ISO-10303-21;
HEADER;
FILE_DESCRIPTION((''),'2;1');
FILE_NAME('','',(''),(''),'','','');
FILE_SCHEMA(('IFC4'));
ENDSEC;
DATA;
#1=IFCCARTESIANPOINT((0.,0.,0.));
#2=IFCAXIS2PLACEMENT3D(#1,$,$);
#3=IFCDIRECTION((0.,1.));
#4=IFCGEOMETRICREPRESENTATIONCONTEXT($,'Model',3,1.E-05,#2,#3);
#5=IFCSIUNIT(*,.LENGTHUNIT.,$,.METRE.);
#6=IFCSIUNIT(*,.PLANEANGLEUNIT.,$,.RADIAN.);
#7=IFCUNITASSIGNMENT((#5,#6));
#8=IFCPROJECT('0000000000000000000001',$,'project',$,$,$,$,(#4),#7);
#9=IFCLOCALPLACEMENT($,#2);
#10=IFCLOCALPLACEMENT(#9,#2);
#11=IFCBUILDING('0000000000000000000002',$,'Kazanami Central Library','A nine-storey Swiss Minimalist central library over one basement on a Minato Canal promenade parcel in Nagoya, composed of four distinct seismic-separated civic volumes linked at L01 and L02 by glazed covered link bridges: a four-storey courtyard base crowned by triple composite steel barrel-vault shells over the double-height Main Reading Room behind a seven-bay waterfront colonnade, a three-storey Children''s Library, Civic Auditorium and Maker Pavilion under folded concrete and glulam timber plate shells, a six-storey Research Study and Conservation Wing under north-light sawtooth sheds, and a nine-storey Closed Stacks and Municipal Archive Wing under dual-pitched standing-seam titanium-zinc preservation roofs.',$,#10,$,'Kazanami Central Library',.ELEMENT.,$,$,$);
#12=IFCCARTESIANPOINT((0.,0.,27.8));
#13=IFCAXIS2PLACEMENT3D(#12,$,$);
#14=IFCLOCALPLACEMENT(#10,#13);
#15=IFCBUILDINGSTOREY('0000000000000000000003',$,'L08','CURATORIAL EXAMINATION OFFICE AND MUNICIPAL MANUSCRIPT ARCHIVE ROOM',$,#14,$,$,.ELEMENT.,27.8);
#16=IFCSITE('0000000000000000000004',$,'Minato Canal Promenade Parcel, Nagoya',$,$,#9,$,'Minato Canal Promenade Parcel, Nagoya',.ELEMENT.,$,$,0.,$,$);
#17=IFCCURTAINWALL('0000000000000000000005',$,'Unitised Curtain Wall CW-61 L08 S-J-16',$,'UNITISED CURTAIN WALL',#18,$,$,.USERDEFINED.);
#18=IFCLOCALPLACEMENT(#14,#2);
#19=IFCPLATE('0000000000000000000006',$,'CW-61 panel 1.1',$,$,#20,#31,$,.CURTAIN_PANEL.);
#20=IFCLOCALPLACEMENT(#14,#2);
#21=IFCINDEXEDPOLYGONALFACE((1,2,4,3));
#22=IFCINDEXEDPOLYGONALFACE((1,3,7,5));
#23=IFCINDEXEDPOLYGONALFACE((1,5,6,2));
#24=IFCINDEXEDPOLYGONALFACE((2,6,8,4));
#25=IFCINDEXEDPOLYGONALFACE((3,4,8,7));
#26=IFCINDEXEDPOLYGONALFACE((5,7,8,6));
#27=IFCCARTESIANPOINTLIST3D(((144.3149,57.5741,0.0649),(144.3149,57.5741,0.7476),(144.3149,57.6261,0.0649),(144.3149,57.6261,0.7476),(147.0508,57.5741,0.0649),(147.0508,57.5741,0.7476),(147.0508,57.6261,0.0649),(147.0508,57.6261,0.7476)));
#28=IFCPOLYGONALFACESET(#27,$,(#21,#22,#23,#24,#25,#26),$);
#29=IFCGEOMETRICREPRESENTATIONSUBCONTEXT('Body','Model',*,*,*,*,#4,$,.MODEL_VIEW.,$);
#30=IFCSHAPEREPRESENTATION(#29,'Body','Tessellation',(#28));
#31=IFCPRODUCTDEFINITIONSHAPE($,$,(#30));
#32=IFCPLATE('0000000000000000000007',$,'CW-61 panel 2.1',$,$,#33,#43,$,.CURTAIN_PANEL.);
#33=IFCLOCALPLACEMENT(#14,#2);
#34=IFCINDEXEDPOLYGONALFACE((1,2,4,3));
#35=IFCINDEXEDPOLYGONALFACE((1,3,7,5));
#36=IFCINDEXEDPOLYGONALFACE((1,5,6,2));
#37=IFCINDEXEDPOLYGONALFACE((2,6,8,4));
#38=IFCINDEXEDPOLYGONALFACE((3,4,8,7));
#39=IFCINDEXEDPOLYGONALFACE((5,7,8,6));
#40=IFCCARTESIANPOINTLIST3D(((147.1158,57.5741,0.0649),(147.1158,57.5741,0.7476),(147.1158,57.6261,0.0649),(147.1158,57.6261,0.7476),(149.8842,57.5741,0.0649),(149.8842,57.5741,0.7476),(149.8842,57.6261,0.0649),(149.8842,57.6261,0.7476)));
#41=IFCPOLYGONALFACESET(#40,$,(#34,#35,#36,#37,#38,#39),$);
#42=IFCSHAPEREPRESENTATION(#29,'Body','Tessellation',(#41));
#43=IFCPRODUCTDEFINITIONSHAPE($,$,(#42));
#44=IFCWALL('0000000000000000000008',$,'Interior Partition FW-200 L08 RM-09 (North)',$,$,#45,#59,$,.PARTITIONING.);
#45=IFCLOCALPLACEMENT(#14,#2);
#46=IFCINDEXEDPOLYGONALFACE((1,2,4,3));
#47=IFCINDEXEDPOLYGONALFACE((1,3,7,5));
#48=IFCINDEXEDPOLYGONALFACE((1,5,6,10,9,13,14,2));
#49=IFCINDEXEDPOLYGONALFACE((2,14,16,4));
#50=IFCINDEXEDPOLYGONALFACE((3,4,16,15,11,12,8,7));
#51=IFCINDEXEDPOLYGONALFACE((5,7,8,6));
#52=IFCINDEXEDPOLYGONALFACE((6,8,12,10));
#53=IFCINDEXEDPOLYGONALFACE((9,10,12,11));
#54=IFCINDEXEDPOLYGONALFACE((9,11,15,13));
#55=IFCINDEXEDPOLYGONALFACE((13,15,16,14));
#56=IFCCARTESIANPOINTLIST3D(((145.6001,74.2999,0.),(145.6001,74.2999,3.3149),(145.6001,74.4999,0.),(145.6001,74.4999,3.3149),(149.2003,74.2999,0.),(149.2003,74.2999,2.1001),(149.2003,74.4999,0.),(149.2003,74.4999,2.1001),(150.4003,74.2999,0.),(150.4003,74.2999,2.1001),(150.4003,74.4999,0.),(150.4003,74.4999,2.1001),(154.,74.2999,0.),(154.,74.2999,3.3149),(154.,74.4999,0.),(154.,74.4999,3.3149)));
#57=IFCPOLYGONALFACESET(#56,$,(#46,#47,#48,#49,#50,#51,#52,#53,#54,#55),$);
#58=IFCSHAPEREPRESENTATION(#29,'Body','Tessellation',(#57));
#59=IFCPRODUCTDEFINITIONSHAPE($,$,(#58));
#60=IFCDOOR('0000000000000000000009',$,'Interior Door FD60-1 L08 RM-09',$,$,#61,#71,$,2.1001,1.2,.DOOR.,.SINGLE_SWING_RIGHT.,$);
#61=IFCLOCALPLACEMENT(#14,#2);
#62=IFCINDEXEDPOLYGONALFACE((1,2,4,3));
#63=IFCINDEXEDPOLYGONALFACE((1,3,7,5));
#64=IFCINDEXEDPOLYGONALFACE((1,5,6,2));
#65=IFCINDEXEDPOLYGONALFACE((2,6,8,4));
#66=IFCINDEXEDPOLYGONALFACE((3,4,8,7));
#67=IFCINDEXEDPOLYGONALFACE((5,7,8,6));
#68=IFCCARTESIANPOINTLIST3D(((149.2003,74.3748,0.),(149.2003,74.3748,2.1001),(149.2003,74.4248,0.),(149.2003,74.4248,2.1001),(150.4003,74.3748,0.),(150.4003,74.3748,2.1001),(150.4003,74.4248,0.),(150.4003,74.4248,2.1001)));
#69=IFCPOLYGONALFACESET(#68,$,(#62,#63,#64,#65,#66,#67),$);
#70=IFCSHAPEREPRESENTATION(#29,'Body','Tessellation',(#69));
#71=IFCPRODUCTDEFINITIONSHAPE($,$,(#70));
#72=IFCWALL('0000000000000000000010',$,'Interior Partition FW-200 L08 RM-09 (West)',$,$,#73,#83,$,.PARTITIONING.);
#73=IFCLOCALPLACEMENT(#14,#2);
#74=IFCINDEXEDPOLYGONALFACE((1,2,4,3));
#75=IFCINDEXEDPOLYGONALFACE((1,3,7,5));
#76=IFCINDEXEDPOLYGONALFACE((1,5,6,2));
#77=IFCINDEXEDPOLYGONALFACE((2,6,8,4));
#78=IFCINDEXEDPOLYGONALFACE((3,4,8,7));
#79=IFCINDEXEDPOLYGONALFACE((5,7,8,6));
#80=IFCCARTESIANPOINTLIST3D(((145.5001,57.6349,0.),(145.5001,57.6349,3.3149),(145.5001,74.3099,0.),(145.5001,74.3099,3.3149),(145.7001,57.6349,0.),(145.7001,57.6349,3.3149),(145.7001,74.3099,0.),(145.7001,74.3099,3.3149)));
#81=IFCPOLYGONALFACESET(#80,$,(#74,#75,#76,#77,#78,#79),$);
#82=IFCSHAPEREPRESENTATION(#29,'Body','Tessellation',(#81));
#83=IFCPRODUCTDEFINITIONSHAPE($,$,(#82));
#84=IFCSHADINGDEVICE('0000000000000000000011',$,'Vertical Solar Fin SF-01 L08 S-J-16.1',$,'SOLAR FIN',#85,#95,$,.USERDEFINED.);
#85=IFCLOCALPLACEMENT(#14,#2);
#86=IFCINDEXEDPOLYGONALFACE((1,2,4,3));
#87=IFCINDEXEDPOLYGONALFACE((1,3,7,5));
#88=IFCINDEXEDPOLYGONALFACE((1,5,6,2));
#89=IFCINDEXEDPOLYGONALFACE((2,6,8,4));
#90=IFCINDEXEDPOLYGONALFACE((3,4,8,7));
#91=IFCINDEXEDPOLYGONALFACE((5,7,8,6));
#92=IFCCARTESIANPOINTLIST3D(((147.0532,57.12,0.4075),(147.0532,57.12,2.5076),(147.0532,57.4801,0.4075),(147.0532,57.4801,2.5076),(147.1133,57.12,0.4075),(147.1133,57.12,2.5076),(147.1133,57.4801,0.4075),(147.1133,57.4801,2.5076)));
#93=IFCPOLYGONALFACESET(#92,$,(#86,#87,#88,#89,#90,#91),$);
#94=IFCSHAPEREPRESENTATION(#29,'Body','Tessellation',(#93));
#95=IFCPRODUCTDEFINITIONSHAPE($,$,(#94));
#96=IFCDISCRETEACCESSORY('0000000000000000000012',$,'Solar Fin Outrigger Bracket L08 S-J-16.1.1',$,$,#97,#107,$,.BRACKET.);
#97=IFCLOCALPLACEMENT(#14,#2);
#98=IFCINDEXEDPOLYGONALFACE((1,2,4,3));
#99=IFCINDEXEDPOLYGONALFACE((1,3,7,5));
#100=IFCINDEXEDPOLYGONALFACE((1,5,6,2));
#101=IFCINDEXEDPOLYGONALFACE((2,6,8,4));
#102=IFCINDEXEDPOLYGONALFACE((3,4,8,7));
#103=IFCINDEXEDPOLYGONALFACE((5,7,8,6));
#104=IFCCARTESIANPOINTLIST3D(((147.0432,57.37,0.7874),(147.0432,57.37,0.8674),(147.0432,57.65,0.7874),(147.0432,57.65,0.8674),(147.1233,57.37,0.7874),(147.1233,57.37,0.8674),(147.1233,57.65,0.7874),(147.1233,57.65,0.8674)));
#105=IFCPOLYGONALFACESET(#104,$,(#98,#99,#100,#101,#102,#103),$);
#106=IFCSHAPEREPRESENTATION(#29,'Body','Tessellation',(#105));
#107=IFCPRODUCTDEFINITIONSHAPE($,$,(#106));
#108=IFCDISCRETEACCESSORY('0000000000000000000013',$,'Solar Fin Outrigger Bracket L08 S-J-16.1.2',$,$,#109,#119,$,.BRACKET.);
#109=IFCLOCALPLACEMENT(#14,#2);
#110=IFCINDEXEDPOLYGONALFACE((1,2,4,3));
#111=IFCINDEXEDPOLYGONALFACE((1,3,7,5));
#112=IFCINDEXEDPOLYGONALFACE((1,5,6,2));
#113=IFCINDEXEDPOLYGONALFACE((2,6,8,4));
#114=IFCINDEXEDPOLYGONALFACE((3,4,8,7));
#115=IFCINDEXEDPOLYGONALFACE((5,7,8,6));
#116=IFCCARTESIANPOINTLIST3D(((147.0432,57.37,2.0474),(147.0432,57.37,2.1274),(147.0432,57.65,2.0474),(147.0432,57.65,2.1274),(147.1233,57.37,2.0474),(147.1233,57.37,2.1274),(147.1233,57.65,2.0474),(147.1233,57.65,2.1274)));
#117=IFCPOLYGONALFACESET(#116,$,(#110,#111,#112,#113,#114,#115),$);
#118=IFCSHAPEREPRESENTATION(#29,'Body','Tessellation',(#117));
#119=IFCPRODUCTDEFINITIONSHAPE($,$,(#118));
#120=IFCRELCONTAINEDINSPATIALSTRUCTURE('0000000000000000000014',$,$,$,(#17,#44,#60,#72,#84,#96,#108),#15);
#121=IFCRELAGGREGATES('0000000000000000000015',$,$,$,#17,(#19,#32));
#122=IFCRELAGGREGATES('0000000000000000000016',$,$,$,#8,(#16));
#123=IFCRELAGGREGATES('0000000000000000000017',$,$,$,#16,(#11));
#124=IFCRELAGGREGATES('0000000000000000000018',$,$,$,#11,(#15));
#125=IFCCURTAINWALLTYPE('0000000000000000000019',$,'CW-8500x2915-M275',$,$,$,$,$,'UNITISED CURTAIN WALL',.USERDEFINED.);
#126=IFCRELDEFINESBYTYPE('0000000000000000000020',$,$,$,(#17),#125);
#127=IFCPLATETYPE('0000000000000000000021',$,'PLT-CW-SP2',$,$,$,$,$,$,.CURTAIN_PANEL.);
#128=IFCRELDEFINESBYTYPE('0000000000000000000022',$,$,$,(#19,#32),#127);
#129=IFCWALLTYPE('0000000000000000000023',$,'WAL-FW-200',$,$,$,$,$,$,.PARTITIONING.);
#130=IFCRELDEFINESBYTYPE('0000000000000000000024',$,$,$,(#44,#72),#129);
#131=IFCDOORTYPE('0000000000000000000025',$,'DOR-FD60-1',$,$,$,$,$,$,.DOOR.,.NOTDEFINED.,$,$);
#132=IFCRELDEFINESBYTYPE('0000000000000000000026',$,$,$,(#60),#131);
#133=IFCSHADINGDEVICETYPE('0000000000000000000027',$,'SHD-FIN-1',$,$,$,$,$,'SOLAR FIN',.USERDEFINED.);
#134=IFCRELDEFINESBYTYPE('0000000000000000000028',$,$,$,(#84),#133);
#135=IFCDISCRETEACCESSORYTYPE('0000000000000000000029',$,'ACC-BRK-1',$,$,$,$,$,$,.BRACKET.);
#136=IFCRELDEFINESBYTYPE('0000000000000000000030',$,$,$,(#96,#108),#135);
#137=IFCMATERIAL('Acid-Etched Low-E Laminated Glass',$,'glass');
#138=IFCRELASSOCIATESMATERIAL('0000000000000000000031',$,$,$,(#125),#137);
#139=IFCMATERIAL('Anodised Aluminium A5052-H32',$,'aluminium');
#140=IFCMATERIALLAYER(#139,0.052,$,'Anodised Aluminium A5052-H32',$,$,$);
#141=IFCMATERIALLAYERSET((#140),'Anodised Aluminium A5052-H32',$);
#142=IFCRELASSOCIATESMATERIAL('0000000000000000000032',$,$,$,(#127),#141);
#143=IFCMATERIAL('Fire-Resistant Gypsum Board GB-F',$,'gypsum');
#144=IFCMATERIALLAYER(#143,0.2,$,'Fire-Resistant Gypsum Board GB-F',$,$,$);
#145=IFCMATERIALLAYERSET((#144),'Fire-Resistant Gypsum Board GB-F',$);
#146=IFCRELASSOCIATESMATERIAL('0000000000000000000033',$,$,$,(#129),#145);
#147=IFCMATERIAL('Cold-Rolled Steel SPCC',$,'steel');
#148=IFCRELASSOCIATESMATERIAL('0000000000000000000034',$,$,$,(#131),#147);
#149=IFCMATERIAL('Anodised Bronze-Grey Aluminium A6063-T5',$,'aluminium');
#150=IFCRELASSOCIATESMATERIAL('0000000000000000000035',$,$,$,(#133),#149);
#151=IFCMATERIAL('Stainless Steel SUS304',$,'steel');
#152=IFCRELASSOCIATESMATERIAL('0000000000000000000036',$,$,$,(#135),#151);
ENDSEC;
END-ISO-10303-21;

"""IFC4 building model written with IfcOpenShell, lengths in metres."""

from ifc_helpers import new_model, si_unit, direction, frame, frame_2d, origin, origin_2d, place, context, subcontext, project, spatial, rectangle, extrude, material, layer, layer_set, type_object, element, fill, aggregate, save


model = new_model("IFC4")

# Units and contexts
model_context = context("Model", 3, precision=1e-05, world=origin(), true_north=direction((0.0, 1.0)))
body_context = subcontext(model_context, "Body", "Model", "MODEL_VIEW")
ifc_project = project(units=[si_unit("LENGTHUNIT", "METRE"), si_unit("PLANEANGLEUNIT", "RADIAN")], contexts=[model_context])

# Site, building, storey
site_placement = place(None, origin())
site = spatial("IfcSite", under=ifc_project, at=site_placement, Name="Minato Canal Promenade Parcel, Nagoya", LongName="Minato Canal Promenade Parcel, Nagoya", CompositionType="ELEMENT", RefElevation=0.0)
building_placement = place(site_placement, origin())
building = spatial("IfcBuilding", under=site, at=building_placement, Name="Kazanami Central Library", Description="A nine-storey Swiss Minimalist central library over one basement on a Minato Canal promenade parcel in Nagoya, composed of four distinct seismic-separated civic volumes linked at L01 and L02 by glazed covered link bridges: a four-storey courtyard base crowned by triple composite steel barrel-vault shells over the double-height Main Reading Room behind a seven-bay waterfront colonnade, a three-storey Children's Library, Civic Auditorium and Maker Pavilion under folded concrete and glulam timber plate shells, a six-storey Research Study and Conservation Wing under north-light sawtooth sheds, and a nine-storey Closed Stacks and Municipal Archive Wing under dual-pitched standing-seam titanium-zinc preservation roofs.", LongName="Kazanami Central Library", CompositionType="ELEMENT")
storey_placement = place(building_placement, frame((0.0, 0.0, 27.8)))
storey = spatial("IfcBuildingStorey", under=building, at=storey_placement, Name="L08", Description="CURATORIAL EXAMINATION OFFICE AND MUNICIPAL MANUSCRIPT ARCHIVE ROOM", CompositionType="ELEMENT", Elevation=27.8)

# Curtain wall, plates
ifc_material_1 = material(Name="Acid-Etched Low-E Laminated Glass", Category="glass")
curtain_wall_type = type_object("IfcCurtainWallType", Name="CW-8500x2915-M275", ElementType="UNITISED CURTAIN WALL", PredefinedType="USERDEFINED", material=ifc_material_1)
curtain_wall_placement = place(storey_placement, origin())
curtain_wall = element("IfcCurtainWall", 1, at=curtain_wall_placement, inside=storey, type_object=curtain_wall_type, Name="Unitised Curtain Wall CW-61 L08 S-J-16", ObjectType="UNITISED CURTAIN WALL", PredefinedType="USERDEFINED")
ifc_material_2 = material(Name="Anodised Aluminium A5052-H32", Category="aluminium")
ifc_layer_1 = layer(ifc_material_2, 0.052, Name="Anodised Aluminium A5052-H32")
ifc_layer_set_1 = layer_set([ifc_layer_1], Name="Anodised Aluminium A5052-H32")
plate_type_1 = type_object("IfcPlateType", Name="PLT-CW-SP2", PredefinedType="CURTAIN_PANEL", material=ifc_layer_set_1)
plate_1_placement = place(storey_placement, frame((145.6829, 57.6001, 0.0649), z_axis=(0.0, 0.0, 1.0), x_axis=(1.0, 0.0, 0.0)))
plate_1 = element("IfcPlate", 2, at=plate_1_placement, type_object=plate_type_1, Name="CW-61 panel 1.1", PredefinedType="CURTAIN_PANEL", context=body_context, shape_type="SweptSolid", body=[
    extrude(rectangle(XDim=2.7358, YDim=0.052, at=origin_2d()), origin(), (0.0, 0.0, 1.0), 0.6826),
])
plate_2_placement = place(storey_placement, frame((148.5, 57.6001, 0.0649), z_axis=(0.0, 0.0, 1.0), x_axis=(1.0, 0.0, 0.0)))
plate_2 = element("IfcPlate", 3, at=plate_2_placement, type_object=plate_type_1, Name="CW-61 panel 2.1", PredefinedType="CURTAIN_PANEL", context=body_context, shape_type="SweptSolid", body=[
    extrude(rectangle(XDim=2.7683, YDim=0.052, at=origin_2d()), origin(), (0.0, 0.0, 1.0), 0.6826),
])
aggregate(curtain_wall, [plate_1, plate_2])

# Wall, opening, door
ifc_material_3 = material(Name="Fire-Resistant Gypsum Board GB-F", Category="gypsum")
ifc_layer_2 = layer(ifc_material_3, 0.2, Name="Fire-Resistant Gypsum Board GB-F")
ifc_layer_set_2 = layer_set([ifc_layer_2], Name="Fire-Resistant Gypsum Board GB-F")
wall_type = type_object("IfcWallType", Name="WAL-FW-200", PredefinedType="PARTITIONING", material=ifc_layer_set_2)
wall_1_placement = place(storey_placement, frame((145.6001, 74.3999, 0.0), z_axis=(0.0, 0.0, 1.0), x_axis=(1.0, 0.0, 0.0)))
wall_1 = element("IfcWall", 4, at=wall_1_placement, inside=storey, type_object=wall_type, Name="Interior Partition FW-200 L08 RM-09 (North)", PredefinedType="PARTITIONING", context=body_context, shape_type="SweptSolid", body=[
    extrude(rectangle(XDim=8.3999, YDim=0.2, at=frame_2d((4.2, 0.0))), origin(), (0.0, 0.0, 1.0), 3.3149),
])
opening_placement = place(wall_1_placement, frame((3.6001, 0.0, 0.0)))
opening = element("IfcOpeningElement", 5, at=opening_placement, cuts=wall_1, PredefinedType="OPENING", context=body_context, shape_type="SweptSolid", body=[
    extrude(rectangle(XDim=1.2, YDim=2.1001, at=frame_2d((0.6001, 1.05))), frame((0.0, 0.1118, 0.0), z_axis=(0.0, -1.0, 0.0), x_axis=(1.0, 0.0, 0.0)), (0.0, 0.0, 1.0), 0.2239),
])
ifc_material_4 = material(Name="Cold-Rolled Steel SPCC", Category="steel")
door_type = type_object("IfcDoorType", Name="DOR-FD60-1", OperationType="NOTDEFINED", PredefinedType="DOOR", material=ifc_material_4)
door_placement = place(opening_placement, origin())
door = element("IfcDoor", 6, at=door_placement, inside=storey, type_object=door_type, Name="Interior Door FD60-1 L08 RM-09", OperationType="SINGLE_SWING_RIGHT", OverallHeight=2.1001, OverallWidth=1.2, PredefinedType="DOOR", context=body_context, shape_type="SweptSolid", body=[
    extrude(rectangle(XDim=1.2, YDim=2.1001, at=frame_2d((0.6001, 1.05))), frame((0.0, 0.0249, 0.0), z_axis=(0.0, -1.0, 0.0), x_axis=(1.0, 0.0, 0.0)), (0.0, 0.0, 1.0), 0.05),
])
fill(opening, door)

# Wall
wall_2_placement = place(storey_placement, frame((145.6001, 57.635, 0.0), z_axis=(0.0, 0.0, 1.0), x_axis=(0.0, 1.0, 0.0)))
element("IfcWall", 7, at=wall_2_placement, inside=storey, type_object=wall_type, Name="Interior Partition FW-200 L08 RM-09 (West)", PredefinedType="PARTITIONING", context=body_context, shape_type="SweptSolid", body=[
    extrude(rectangle(XDim=16.675, YDim=0.2, at=frame_2d((8.3374, 0.0))), origin(), (0.0, 0.0, 1.0), 3.3149),
])

# Shading device
ifc_material_5 = material(Name="Anodised Bronze-Grey Aluminium A6063-T5", Category="aluminium")
shading_device_type = type_object("IfcShadingDeviceType", Name="SHD-FIN-1", ElementType="SOLAR FIN", PredefinedType="USERDEFINED", material=ifc_material_5)
shading_device_placement = place(storey_placement, frame((147.0833, 57.3, 0.4075), z_axis=(0.0, 0.0, 1.0), x_axis=(1.0, 0.0, 0.0)))
element("IfcShadingDevice", 8, at=shading_device_placement, inside=storey, type_object=shading_device_type, Name="Vertical Solar Fin SF-01 L08 S-J-16.1", ObjectType="SOLAR FIN", PredefinedType="USERDEFINED", context=body_context, shape_type="SweptSolid", body=[
    extrude(rectangle(XDim=0.0601, YDim=0.3601, at=origin_2d()), origin(), (0.0, 0.0, 1.0), 2.1001),
])

# Discrete accessories
ifc_material_6 = material(Name="Stainless Steel SUS304", Category="steel")
discrete_accessory_type = type_object("IfcDiscreteAccessoryType", Name="ACC-BRK-1", PredefinedType="BRACKET", material=ifc_material_6)
for number, where, z_axis, x_axis, name in (
    (9, (147.0833, 57.51, 0.7874), (0.0, 0.0, 1.0), (1.0, 0.0, 0.0), "Solar Fin Outrigger Bracket L08 S-J-16.1.1"),
    (10, (147.0833, 57.51, 2.0474), (0.0, 0.0, 1.0), (1.0, 0.0, 0.0), "Solar Fin Outrigger Bracket L08 S-J-16.1.2"),
):
    element("IfcDiscreteAccessory", number, at=place(storey_placement, frame(where, z_axis=z_axis, x_axis=x_axis)), inside=storey, type_object=discrete_accessory_type, Name=name, PredefinedType="BRACKET", context=body_context, shape_type="SweptSolid", body=[
        extrude(rectangle(XDim=0.0801, YDim=0.28, at=origin_2d()), origin(), (0.0, 0.0, 1.0), 0.0801),
    ])

save(model, "model.ifc")
